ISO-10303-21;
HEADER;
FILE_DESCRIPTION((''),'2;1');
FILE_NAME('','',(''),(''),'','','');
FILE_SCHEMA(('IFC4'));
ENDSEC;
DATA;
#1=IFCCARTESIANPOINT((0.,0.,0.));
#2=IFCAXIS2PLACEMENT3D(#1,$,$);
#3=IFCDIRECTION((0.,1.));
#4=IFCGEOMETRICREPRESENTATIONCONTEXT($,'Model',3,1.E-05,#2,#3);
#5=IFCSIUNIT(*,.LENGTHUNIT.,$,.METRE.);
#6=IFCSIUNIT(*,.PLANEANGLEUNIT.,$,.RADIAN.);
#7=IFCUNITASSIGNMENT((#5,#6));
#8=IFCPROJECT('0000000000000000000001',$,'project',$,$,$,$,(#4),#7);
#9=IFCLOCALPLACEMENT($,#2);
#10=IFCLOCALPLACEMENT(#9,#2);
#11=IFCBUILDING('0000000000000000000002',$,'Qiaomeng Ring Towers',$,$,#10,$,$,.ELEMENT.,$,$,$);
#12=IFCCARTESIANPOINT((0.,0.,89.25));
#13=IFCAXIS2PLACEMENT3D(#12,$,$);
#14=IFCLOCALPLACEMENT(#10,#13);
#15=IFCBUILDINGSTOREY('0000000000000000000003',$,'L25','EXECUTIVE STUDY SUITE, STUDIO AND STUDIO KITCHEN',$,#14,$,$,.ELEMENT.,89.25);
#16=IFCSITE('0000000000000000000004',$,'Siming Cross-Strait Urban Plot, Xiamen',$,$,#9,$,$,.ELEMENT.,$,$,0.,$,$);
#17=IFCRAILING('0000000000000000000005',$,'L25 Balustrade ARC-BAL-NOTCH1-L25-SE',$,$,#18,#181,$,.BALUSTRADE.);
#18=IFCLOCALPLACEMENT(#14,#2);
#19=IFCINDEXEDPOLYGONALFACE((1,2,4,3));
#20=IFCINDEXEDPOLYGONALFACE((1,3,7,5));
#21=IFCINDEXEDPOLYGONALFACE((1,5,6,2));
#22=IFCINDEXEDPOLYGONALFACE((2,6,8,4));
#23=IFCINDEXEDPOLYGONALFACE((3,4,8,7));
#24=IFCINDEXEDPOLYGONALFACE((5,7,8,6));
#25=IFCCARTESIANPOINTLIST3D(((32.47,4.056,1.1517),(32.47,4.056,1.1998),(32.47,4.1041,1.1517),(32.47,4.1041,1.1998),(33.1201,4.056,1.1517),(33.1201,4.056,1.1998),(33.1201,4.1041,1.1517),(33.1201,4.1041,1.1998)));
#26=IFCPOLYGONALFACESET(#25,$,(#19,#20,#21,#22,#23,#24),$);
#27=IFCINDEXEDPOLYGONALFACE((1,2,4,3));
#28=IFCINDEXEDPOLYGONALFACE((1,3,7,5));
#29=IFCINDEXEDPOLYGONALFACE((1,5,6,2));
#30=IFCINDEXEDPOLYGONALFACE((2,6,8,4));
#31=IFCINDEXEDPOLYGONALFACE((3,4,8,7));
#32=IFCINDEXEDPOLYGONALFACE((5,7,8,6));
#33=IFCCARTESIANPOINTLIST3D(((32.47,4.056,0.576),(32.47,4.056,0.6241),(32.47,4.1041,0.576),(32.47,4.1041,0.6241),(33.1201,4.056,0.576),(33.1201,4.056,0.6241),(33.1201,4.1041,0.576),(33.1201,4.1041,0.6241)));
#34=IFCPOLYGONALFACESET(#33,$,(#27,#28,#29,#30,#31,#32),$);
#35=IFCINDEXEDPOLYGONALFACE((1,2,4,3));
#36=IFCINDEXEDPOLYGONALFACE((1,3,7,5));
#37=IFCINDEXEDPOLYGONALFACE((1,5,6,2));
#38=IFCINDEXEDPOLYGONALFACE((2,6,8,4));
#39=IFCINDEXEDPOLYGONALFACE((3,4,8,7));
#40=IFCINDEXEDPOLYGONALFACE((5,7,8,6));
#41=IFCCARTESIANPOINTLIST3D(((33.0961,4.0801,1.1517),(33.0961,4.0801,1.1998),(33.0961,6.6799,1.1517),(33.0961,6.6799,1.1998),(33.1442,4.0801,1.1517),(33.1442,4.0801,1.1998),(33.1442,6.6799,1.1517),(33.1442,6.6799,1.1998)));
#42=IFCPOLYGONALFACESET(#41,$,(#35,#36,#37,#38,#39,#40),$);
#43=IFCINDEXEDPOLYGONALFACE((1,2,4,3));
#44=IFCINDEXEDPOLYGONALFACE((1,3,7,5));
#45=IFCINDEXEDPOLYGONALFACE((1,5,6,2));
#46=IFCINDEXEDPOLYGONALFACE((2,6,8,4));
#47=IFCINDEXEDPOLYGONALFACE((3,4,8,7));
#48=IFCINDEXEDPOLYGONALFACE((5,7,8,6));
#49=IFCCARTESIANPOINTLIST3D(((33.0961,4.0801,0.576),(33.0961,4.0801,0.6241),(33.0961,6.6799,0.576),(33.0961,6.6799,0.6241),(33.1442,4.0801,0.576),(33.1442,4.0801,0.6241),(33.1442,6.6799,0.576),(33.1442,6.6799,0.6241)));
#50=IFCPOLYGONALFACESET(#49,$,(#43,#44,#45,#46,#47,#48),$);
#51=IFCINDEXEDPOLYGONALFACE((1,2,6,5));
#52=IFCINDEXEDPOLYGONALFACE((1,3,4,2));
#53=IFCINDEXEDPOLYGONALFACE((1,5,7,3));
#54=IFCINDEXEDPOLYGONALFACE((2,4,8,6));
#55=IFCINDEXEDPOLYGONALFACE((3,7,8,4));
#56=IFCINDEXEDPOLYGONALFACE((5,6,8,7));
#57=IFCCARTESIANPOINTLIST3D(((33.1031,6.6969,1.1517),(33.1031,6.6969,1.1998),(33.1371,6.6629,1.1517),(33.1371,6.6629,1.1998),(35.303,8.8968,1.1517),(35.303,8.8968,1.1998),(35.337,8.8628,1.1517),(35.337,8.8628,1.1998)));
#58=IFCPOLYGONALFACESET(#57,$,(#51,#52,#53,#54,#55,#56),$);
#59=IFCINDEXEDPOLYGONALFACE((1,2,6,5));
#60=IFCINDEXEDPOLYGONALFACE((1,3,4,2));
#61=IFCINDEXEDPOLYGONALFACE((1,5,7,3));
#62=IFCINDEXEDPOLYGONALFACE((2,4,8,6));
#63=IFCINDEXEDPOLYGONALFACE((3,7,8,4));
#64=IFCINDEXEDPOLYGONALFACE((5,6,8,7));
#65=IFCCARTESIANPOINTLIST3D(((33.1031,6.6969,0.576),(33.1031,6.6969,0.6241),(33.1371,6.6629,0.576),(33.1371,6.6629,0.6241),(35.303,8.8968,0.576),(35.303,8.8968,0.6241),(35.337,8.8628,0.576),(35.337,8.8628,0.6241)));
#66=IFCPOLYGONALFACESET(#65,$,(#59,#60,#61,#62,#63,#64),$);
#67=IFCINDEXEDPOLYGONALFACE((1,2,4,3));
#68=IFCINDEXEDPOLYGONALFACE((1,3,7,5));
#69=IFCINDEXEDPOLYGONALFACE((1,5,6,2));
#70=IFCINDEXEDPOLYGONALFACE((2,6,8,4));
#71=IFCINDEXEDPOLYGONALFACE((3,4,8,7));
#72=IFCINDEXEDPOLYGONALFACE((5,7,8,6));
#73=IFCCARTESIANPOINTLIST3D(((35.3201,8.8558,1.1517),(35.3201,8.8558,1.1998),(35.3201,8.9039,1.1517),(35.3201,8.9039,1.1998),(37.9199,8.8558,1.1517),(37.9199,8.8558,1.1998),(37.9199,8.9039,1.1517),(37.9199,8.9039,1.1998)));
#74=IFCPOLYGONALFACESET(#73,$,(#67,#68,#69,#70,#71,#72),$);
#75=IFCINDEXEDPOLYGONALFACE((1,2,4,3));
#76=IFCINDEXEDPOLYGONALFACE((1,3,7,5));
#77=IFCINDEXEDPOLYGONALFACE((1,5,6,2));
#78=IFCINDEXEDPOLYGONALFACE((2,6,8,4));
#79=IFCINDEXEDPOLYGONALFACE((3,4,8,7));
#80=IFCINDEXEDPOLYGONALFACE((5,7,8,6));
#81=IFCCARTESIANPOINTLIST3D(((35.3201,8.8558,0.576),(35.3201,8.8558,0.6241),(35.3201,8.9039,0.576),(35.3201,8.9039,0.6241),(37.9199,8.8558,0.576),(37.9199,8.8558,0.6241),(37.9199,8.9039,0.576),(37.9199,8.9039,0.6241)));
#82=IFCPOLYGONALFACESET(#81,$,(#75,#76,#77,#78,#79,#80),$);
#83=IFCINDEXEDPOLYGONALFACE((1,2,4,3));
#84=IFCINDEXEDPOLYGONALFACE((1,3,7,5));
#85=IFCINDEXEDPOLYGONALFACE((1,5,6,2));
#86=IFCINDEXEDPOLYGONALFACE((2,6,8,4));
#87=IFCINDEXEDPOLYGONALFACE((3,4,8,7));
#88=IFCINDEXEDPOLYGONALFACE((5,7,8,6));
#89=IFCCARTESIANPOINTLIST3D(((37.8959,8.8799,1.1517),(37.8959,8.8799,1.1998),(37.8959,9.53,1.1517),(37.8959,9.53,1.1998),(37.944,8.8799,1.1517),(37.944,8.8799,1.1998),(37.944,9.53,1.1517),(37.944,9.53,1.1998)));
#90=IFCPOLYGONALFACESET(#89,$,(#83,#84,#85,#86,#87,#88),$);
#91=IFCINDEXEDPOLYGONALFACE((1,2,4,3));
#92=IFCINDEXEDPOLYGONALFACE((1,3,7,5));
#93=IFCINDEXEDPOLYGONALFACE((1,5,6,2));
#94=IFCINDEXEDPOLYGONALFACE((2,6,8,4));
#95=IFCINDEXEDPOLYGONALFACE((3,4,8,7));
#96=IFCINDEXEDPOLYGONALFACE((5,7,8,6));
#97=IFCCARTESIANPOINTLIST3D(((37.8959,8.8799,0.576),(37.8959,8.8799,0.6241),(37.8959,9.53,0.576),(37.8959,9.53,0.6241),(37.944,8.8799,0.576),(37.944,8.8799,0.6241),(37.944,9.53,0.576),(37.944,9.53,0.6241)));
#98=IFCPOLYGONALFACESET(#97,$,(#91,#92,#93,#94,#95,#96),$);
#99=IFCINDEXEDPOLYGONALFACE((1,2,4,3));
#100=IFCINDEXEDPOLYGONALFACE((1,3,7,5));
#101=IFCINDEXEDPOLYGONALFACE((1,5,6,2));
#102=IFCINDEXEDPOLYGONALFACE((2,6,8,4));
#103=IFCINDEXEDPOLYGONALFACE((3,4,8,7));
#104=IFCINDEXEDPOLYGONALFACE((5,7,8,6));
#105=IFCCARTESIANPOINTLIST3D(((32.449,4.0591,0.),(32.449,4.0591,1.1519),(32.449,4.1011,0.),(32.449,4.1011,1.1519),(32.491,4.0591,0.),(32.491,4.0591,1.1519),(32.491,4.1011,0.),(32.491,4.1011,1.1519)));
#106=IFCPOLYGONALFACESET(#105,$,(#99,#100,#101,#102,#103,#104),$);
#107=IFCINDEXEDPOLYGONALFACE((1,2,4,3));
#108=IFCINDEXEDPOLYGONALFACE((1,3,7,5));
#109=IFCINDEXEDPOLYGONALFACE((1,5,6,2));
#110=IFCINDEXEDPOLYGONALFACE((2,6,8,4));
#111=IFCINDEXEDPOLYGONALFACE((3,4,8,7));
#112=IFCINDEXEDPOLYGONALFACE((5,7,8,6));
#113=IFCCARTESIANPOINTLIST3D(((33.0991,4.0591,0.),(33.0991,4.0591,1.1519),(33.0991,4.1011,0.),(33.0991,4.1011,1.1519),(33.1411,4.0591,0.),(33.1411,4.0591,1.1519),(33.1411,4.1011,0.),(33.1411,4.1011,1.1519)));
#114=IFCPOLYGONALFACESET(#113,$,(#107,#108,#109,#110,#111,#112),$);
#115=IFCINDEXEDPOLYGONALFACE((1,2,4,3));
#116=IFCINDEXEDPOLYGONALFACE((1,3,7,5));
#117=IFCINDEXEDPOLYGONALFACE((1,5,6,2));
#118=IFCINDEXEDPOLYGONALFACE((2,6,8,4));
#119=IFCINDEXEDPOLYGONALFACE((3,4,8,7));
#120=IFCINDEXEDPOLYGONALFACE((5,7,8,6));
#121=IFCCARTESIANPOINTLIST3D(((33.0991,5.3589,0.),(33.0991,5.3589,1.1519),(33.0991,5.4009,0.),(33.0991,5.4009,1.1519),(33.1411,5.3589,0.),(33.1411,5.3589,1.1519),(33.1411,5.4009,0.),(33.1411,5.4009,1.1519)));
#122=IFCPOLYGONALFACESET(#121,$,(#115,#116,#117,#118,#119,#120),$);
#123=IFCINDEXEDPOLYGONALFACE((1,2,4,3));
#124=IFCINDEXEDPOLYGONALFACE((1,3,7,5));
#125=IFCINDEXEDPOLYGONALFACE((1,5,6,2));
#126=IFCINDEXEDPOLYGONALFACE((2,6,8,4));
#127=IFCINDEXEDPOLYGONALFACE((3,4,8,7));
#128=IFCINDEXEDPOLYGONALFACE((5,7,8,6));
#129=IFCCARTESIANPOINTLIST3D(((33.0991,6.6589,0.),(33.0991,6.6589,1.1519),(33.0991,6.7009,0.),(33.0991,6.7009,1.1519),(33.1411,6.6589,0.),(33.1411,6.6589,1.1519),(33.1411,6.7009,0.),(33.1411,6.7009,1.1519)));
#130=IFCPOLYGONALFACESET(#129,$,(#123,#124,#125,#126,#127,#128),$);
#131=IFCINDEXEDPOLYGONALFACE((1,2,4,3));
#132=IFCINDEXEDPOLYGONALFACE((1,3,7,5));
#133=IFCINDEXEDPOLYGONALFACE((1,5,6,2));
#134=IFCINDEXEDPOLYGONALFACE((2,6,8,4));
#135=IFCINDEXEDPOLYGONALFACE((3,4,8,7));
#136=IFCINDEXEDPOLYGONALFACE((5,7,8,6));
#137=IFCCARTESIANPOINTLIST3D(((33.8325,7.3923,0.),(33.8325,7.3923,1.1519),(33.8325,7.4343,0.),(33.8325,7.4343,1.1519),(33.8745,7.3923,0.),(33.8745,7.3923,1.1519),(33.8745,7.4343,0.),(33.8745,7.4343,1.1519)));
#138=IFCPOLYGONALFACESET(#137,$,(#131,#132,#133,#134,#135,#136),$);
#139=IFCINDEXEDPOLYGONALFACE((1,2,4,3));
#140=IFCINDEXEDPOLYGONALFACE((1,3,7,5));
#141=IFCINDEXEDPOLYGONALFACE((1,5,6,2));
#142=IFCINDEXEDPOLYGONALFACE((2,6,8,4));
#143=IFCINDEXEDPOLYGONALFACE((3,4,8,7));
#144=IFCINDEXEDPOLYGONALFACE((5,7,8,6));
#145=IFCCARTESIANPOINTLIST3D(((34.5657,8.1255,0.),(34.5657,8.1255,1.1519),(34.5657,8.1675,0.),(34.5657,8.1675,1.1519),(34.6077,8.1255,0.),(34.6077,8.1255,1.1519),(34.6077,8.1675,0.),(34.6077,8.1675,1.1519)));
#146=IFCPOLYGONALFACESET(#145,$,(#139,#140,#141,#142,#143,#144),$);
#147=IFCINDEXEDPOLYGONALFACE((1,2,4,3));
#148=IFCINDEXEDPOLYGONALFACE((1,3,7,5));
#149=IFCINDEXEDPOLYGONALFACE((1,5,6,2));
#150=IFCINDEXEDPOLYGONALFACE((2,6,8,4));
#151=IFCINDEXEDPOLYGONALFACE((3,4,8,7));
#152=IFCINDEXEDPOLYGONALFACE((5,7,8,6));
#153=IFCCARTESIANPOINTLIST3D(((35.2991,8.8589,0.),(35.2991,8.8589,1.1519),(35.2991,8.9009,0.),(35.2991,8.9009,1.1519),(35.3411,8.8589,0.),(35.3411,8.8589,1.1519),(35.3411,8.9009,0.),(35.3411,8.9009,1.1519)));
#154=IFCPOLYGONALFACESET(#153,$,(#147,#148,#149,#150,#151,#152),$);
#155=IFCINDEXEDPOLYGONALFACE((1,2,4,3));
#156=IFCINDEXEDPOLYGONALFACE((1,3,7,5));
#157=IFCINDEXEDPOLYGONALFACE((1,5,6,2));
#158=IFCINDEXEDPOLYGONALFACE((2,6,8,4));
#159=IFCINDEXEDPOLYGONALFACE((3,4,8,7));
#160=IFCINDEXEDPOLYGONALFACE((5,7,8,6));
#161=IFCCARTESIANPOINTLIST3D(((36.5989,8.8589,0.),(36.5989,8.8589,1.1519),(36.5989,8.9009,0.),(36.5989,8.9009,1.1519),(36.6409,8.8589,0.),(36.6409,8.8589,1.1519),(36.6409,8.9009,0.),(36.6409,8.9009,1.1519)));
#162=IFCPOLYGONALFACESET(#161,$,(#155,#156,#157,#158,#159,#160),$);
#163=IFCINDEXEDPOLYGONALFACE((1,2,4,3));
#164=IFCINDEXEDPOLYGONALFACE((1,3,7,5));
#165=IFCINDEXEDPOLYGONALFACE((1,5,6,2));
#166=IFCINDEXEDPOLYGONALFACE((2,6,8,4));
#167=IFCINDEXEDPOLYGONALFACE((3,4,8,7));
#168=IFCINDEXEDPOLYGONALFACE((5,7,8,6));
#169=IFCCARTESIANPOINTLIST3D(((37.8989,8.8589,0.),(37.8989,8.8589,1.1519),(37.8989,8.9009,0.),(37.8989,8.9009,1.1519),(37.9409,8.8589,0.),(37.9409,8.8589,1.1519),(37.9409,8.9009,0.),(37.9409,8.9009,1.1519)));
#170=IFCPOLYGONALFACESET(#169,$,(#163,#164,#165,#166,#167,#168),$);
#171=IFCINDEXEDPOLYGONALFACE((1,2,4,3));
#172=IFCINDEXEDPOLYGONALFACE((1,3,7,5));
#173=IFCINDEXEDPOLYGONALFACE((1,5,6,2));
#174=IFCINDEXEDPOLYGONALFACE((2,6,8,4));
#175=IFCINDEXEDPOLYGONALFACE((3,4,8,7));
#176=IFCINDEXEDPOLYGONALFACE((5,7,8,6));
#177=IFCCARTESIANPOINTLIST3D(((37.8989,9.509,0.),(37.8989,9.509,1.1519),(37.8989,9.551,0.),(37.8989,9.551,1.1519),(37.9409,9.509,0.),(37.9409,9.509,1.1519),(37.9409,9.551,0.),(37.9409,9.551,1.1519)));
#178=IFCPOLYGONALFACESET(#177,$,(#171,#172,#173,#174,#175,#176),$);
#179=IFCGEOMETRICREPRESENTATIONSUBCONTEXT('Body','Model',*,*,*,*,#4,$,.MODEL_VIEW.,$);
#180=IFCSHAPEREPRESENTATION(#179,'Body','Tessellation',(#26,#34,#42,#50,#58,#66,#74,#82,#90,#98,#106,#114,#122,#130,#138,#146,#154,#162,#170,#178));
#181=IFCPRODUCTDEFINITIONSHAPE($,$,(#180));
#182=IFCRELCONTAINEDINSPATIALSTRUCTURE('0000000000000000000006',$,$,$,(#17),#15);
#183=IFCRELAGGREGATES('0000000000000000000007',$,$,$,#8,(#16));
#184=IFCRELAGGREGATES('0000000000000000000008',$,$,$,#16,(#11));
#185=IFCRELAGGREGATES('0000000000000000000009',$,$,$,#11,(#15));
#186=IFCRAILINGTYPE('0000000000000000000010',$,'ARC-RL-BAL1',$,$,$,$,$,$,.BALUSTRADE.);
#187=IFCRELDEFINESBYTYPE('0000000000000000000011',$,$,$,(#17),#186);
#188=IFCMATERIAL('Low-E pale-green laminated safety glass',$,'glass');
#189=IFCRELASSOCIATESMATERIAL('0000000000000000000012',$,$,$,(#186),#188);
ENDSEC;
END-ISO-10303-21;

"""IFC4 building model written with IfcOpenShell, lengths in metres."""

from ifc_helpers import new_model, si_unit, direction, frame, origin, origin_2d, place, context, subcontext, project, spatial, rectangle, extrude, material, type_object, element, save


model = new_model("IFC4")

# Units and contexts
model_context = context("Model", 3, precision=1e-05, world=origin(), true_north=direction((0.0, 1.0)))
body_context = subcontext(model_context, "Body", "Model", "MODEL_VIEW")
ifc_project = project(units=[si_unit("LENGTHUNIT", "METRE"), si_unit("PLANEANGLEUNIT", "RADIAN")], contexts=[model_context])

# Site, building, storey
site_placement = place(None, origin())
site = spatial("IfcSite", under=ifc_project, at=site_placement, Name="Siming Cross-Strait Urban Plot, Xiamen", CompositionType="ELEMENT", RefElevation=0.0)
building_placement = place(site_placement, origin())
building = spatial("IfcBuilding", under=site, at=building_placement, Name="Qiaomeng Ring Towers", CompositionType="ELEMENT")
storey_placement = place(building_placement, frame((0.0, 0.0, 89.25)))
storey = spatial("IfcBuildingStorey", under=building, at=storey_placement, Name="L25", Description="EXECUTIVE STUDY SUITE, STUDIO AND STUDIO KITCHEN", CompositionType="ELEMENT", Elevation=89.25)

# Railing
ifc_material_1 = material(Name="Low-E pale-green laminated safety glass", Category="glass")
railing_type = type_object("IfcRailingType", Name="ARC-RL-BAL1", PredefinedType="BALUSTRADE", material=ifc_material_1)
railing_placement = place(storey_placement, frame((32.47, 4.0801, 0.0)))
element("IfcRailing", 1, at=railing_placement, inside=storey, type_object=railing_type, Name="L25 Balustrade ARC-BAL-NOTCH1-L25-SE", PredefinedType="BALUSTRADE", context=body_context, shape_type="SweptSolid", body=[
    extrude(rectangle(XDim=0.0481, YDim=0.0481, at=origin_2d()), frame((0.0, 0.0, 1.1758), z_axis=(1.0, 0.0, 0.0), x_axis=(0.0, 1.0, 0.0)), (0.0, 0.0, 1.0), 0.6501),
    extrude(rectangle(XDim=0.0481, YDim=0.0481, at=origin_2d()), frame((0.0, 0.0, 0.6001), z_axis=(1.0, 0.0, 0.0), x_axis=(0.0, 1.0, 0.0)), (0.0, 0.0, 1.0), 0.6501),
    extrude(rectangle(XDim=0.0481, YDim=0.0481, at=origin_2d()), frame((0.6501, 0.0, 1.1758), z_axis=(0.0, 1.0, 0.0), x_axis=(-1.0, 0.0, 0.0)), (0.0, 0.0, 1.0), 2.5999),
    extrude(rectangle(XDim=0.0481, YDim=0.0481, at=origin_2d()), frame((0.6501, 0.0, 0.6001), z_axis=(0.0, 1.0, 0.0), x_axis=(-1.0, 0.0, 0.0)), (0.0, 0.0, 1.0), 2.5999),
    extrude(rectangle(XDim=0.0481, YDim=0.0481, at=origin_2d()), frame((0.6501, 2.5999, 1.1758), z_axis=(0.707107, 0.707107, 0.0), x_axis=(-0.707107, 0.707107, 0.0)), (0.0, 0.0, 1.0), 3.1111),
    extrude(rectangle(XDim=0.0481, YDim=0.0481, at=origin_2d()), frame((0.6501, 2.5999, 0.6001), z_axis=(0.707107, 0.707107, 0.0), x_axis=(-0.707107, 0.707107, 0.0)), (0.0, 0.0, 1.0), 3.1111),
    extrude(rectangle(XDim=0.0481, YDim=0.0481, at=origin_2d()), frame((2.8501, 4.7998, 1.1758), z_axis=(1.0, 0.0, 0.0), x_axis=(0.0, 1.0, 0.0)), (0.0, 0.0, 1.0), 2.5999),
    extrude(rectangle(XDim=0.0481, YDim=0.0481, at=origin_2d()), frame((2.8501, 4.7998, 0.6001), z_axis=(1.0, 0.0, 0.0), x_axis=(0.0, 1.0, 0.0)), (0.0, 0.0, 1.0), 2.5999),
    extrude(rectangle(XDim=0.0481, YDim=0.0481, at=origin_2d()), frame((5.45, 4.7998, 1.1758), z_axis=(0.0, 1.0, 0.0), x_axis=(-1.0, 0.0, 0.0)), (0.0, 0.0, 1.0), 0.6501),
    extrude(rectangle(XDim=0.0481, YDim=0.0481, at=origin_2d()), frame((5.45, 4.7998, 0.6001), z_axis=(0.0, 1.0, 0.0), x_axis=(-1.0, 0.0, 0.0)), (0.0, 0.0, 1.0), 0.6501),
    extrude(rectangle(XDim=0.042, YDim=0.042, at=origin_2d()), origin(), (0.0, 0.0, 1.0), 1.1519),
    extrude(rectangle(XDim=0.042, YDim=0.042, at=origin_2d()), frame((0.6501, 0.0, 0.0)), (0.0, 0.0, 1.0), 1.1519),
    extrude(rectangle(XDim=0.042, YDim=0.042, at=origin_2d()), frame((0.6501, 1.2998, 0.0)), (0.0, 0.0, 1.0), 1.1519),
    extrude(rectangle(XDim=0.042, YDim=0.042, at=origin_2d()), frame((0.6501, 2.5999, 0.0)), (0.0, 0.0, 1.0), 1.1519),
    extrude(rectangle(XDim=0.042, YDim=0.042, at=origin_2d()), frame((1.3835, 3.3333, 0.0)), (0.0, 0.0, 1.0), 1.1519),
    extrude(rectangle(XDim=0.042, YDim=0.042, at=origin_2d()), frame((2.1167, 4.0664, 0.0)), (0.0, 0.0, 1.0), 1.1519),
    extrude(rectangle(XDim=0.042, YDim=0.042, at=origin_2d()), frame((2.8501, 4.7998, 0.0)), (0.0, 0.0, 1.0), 1.1519),
    extrude(rectangle(XDim=0.042, YDim=0.042, at=origin_2d()), frame((4.1499, 4.7998, 0.0)), (0.0, 0.0, 1.0), 1.1519),
    extrude(rectangle(XDim=0.042, YDim=0.042, at=origin_2d()), frame((5.45, 4.7998, 0.0)), (0.0, 0.0, 1.0), 1.1519),
    extrude(rectangle(XDim=0.042, YDim=0.042, at=origin_2d()), frame((5.45, 5.45, 0.0)), (0.0, 0.0, 1.0), 1.1519),
])

save(model, "model.ifc")
